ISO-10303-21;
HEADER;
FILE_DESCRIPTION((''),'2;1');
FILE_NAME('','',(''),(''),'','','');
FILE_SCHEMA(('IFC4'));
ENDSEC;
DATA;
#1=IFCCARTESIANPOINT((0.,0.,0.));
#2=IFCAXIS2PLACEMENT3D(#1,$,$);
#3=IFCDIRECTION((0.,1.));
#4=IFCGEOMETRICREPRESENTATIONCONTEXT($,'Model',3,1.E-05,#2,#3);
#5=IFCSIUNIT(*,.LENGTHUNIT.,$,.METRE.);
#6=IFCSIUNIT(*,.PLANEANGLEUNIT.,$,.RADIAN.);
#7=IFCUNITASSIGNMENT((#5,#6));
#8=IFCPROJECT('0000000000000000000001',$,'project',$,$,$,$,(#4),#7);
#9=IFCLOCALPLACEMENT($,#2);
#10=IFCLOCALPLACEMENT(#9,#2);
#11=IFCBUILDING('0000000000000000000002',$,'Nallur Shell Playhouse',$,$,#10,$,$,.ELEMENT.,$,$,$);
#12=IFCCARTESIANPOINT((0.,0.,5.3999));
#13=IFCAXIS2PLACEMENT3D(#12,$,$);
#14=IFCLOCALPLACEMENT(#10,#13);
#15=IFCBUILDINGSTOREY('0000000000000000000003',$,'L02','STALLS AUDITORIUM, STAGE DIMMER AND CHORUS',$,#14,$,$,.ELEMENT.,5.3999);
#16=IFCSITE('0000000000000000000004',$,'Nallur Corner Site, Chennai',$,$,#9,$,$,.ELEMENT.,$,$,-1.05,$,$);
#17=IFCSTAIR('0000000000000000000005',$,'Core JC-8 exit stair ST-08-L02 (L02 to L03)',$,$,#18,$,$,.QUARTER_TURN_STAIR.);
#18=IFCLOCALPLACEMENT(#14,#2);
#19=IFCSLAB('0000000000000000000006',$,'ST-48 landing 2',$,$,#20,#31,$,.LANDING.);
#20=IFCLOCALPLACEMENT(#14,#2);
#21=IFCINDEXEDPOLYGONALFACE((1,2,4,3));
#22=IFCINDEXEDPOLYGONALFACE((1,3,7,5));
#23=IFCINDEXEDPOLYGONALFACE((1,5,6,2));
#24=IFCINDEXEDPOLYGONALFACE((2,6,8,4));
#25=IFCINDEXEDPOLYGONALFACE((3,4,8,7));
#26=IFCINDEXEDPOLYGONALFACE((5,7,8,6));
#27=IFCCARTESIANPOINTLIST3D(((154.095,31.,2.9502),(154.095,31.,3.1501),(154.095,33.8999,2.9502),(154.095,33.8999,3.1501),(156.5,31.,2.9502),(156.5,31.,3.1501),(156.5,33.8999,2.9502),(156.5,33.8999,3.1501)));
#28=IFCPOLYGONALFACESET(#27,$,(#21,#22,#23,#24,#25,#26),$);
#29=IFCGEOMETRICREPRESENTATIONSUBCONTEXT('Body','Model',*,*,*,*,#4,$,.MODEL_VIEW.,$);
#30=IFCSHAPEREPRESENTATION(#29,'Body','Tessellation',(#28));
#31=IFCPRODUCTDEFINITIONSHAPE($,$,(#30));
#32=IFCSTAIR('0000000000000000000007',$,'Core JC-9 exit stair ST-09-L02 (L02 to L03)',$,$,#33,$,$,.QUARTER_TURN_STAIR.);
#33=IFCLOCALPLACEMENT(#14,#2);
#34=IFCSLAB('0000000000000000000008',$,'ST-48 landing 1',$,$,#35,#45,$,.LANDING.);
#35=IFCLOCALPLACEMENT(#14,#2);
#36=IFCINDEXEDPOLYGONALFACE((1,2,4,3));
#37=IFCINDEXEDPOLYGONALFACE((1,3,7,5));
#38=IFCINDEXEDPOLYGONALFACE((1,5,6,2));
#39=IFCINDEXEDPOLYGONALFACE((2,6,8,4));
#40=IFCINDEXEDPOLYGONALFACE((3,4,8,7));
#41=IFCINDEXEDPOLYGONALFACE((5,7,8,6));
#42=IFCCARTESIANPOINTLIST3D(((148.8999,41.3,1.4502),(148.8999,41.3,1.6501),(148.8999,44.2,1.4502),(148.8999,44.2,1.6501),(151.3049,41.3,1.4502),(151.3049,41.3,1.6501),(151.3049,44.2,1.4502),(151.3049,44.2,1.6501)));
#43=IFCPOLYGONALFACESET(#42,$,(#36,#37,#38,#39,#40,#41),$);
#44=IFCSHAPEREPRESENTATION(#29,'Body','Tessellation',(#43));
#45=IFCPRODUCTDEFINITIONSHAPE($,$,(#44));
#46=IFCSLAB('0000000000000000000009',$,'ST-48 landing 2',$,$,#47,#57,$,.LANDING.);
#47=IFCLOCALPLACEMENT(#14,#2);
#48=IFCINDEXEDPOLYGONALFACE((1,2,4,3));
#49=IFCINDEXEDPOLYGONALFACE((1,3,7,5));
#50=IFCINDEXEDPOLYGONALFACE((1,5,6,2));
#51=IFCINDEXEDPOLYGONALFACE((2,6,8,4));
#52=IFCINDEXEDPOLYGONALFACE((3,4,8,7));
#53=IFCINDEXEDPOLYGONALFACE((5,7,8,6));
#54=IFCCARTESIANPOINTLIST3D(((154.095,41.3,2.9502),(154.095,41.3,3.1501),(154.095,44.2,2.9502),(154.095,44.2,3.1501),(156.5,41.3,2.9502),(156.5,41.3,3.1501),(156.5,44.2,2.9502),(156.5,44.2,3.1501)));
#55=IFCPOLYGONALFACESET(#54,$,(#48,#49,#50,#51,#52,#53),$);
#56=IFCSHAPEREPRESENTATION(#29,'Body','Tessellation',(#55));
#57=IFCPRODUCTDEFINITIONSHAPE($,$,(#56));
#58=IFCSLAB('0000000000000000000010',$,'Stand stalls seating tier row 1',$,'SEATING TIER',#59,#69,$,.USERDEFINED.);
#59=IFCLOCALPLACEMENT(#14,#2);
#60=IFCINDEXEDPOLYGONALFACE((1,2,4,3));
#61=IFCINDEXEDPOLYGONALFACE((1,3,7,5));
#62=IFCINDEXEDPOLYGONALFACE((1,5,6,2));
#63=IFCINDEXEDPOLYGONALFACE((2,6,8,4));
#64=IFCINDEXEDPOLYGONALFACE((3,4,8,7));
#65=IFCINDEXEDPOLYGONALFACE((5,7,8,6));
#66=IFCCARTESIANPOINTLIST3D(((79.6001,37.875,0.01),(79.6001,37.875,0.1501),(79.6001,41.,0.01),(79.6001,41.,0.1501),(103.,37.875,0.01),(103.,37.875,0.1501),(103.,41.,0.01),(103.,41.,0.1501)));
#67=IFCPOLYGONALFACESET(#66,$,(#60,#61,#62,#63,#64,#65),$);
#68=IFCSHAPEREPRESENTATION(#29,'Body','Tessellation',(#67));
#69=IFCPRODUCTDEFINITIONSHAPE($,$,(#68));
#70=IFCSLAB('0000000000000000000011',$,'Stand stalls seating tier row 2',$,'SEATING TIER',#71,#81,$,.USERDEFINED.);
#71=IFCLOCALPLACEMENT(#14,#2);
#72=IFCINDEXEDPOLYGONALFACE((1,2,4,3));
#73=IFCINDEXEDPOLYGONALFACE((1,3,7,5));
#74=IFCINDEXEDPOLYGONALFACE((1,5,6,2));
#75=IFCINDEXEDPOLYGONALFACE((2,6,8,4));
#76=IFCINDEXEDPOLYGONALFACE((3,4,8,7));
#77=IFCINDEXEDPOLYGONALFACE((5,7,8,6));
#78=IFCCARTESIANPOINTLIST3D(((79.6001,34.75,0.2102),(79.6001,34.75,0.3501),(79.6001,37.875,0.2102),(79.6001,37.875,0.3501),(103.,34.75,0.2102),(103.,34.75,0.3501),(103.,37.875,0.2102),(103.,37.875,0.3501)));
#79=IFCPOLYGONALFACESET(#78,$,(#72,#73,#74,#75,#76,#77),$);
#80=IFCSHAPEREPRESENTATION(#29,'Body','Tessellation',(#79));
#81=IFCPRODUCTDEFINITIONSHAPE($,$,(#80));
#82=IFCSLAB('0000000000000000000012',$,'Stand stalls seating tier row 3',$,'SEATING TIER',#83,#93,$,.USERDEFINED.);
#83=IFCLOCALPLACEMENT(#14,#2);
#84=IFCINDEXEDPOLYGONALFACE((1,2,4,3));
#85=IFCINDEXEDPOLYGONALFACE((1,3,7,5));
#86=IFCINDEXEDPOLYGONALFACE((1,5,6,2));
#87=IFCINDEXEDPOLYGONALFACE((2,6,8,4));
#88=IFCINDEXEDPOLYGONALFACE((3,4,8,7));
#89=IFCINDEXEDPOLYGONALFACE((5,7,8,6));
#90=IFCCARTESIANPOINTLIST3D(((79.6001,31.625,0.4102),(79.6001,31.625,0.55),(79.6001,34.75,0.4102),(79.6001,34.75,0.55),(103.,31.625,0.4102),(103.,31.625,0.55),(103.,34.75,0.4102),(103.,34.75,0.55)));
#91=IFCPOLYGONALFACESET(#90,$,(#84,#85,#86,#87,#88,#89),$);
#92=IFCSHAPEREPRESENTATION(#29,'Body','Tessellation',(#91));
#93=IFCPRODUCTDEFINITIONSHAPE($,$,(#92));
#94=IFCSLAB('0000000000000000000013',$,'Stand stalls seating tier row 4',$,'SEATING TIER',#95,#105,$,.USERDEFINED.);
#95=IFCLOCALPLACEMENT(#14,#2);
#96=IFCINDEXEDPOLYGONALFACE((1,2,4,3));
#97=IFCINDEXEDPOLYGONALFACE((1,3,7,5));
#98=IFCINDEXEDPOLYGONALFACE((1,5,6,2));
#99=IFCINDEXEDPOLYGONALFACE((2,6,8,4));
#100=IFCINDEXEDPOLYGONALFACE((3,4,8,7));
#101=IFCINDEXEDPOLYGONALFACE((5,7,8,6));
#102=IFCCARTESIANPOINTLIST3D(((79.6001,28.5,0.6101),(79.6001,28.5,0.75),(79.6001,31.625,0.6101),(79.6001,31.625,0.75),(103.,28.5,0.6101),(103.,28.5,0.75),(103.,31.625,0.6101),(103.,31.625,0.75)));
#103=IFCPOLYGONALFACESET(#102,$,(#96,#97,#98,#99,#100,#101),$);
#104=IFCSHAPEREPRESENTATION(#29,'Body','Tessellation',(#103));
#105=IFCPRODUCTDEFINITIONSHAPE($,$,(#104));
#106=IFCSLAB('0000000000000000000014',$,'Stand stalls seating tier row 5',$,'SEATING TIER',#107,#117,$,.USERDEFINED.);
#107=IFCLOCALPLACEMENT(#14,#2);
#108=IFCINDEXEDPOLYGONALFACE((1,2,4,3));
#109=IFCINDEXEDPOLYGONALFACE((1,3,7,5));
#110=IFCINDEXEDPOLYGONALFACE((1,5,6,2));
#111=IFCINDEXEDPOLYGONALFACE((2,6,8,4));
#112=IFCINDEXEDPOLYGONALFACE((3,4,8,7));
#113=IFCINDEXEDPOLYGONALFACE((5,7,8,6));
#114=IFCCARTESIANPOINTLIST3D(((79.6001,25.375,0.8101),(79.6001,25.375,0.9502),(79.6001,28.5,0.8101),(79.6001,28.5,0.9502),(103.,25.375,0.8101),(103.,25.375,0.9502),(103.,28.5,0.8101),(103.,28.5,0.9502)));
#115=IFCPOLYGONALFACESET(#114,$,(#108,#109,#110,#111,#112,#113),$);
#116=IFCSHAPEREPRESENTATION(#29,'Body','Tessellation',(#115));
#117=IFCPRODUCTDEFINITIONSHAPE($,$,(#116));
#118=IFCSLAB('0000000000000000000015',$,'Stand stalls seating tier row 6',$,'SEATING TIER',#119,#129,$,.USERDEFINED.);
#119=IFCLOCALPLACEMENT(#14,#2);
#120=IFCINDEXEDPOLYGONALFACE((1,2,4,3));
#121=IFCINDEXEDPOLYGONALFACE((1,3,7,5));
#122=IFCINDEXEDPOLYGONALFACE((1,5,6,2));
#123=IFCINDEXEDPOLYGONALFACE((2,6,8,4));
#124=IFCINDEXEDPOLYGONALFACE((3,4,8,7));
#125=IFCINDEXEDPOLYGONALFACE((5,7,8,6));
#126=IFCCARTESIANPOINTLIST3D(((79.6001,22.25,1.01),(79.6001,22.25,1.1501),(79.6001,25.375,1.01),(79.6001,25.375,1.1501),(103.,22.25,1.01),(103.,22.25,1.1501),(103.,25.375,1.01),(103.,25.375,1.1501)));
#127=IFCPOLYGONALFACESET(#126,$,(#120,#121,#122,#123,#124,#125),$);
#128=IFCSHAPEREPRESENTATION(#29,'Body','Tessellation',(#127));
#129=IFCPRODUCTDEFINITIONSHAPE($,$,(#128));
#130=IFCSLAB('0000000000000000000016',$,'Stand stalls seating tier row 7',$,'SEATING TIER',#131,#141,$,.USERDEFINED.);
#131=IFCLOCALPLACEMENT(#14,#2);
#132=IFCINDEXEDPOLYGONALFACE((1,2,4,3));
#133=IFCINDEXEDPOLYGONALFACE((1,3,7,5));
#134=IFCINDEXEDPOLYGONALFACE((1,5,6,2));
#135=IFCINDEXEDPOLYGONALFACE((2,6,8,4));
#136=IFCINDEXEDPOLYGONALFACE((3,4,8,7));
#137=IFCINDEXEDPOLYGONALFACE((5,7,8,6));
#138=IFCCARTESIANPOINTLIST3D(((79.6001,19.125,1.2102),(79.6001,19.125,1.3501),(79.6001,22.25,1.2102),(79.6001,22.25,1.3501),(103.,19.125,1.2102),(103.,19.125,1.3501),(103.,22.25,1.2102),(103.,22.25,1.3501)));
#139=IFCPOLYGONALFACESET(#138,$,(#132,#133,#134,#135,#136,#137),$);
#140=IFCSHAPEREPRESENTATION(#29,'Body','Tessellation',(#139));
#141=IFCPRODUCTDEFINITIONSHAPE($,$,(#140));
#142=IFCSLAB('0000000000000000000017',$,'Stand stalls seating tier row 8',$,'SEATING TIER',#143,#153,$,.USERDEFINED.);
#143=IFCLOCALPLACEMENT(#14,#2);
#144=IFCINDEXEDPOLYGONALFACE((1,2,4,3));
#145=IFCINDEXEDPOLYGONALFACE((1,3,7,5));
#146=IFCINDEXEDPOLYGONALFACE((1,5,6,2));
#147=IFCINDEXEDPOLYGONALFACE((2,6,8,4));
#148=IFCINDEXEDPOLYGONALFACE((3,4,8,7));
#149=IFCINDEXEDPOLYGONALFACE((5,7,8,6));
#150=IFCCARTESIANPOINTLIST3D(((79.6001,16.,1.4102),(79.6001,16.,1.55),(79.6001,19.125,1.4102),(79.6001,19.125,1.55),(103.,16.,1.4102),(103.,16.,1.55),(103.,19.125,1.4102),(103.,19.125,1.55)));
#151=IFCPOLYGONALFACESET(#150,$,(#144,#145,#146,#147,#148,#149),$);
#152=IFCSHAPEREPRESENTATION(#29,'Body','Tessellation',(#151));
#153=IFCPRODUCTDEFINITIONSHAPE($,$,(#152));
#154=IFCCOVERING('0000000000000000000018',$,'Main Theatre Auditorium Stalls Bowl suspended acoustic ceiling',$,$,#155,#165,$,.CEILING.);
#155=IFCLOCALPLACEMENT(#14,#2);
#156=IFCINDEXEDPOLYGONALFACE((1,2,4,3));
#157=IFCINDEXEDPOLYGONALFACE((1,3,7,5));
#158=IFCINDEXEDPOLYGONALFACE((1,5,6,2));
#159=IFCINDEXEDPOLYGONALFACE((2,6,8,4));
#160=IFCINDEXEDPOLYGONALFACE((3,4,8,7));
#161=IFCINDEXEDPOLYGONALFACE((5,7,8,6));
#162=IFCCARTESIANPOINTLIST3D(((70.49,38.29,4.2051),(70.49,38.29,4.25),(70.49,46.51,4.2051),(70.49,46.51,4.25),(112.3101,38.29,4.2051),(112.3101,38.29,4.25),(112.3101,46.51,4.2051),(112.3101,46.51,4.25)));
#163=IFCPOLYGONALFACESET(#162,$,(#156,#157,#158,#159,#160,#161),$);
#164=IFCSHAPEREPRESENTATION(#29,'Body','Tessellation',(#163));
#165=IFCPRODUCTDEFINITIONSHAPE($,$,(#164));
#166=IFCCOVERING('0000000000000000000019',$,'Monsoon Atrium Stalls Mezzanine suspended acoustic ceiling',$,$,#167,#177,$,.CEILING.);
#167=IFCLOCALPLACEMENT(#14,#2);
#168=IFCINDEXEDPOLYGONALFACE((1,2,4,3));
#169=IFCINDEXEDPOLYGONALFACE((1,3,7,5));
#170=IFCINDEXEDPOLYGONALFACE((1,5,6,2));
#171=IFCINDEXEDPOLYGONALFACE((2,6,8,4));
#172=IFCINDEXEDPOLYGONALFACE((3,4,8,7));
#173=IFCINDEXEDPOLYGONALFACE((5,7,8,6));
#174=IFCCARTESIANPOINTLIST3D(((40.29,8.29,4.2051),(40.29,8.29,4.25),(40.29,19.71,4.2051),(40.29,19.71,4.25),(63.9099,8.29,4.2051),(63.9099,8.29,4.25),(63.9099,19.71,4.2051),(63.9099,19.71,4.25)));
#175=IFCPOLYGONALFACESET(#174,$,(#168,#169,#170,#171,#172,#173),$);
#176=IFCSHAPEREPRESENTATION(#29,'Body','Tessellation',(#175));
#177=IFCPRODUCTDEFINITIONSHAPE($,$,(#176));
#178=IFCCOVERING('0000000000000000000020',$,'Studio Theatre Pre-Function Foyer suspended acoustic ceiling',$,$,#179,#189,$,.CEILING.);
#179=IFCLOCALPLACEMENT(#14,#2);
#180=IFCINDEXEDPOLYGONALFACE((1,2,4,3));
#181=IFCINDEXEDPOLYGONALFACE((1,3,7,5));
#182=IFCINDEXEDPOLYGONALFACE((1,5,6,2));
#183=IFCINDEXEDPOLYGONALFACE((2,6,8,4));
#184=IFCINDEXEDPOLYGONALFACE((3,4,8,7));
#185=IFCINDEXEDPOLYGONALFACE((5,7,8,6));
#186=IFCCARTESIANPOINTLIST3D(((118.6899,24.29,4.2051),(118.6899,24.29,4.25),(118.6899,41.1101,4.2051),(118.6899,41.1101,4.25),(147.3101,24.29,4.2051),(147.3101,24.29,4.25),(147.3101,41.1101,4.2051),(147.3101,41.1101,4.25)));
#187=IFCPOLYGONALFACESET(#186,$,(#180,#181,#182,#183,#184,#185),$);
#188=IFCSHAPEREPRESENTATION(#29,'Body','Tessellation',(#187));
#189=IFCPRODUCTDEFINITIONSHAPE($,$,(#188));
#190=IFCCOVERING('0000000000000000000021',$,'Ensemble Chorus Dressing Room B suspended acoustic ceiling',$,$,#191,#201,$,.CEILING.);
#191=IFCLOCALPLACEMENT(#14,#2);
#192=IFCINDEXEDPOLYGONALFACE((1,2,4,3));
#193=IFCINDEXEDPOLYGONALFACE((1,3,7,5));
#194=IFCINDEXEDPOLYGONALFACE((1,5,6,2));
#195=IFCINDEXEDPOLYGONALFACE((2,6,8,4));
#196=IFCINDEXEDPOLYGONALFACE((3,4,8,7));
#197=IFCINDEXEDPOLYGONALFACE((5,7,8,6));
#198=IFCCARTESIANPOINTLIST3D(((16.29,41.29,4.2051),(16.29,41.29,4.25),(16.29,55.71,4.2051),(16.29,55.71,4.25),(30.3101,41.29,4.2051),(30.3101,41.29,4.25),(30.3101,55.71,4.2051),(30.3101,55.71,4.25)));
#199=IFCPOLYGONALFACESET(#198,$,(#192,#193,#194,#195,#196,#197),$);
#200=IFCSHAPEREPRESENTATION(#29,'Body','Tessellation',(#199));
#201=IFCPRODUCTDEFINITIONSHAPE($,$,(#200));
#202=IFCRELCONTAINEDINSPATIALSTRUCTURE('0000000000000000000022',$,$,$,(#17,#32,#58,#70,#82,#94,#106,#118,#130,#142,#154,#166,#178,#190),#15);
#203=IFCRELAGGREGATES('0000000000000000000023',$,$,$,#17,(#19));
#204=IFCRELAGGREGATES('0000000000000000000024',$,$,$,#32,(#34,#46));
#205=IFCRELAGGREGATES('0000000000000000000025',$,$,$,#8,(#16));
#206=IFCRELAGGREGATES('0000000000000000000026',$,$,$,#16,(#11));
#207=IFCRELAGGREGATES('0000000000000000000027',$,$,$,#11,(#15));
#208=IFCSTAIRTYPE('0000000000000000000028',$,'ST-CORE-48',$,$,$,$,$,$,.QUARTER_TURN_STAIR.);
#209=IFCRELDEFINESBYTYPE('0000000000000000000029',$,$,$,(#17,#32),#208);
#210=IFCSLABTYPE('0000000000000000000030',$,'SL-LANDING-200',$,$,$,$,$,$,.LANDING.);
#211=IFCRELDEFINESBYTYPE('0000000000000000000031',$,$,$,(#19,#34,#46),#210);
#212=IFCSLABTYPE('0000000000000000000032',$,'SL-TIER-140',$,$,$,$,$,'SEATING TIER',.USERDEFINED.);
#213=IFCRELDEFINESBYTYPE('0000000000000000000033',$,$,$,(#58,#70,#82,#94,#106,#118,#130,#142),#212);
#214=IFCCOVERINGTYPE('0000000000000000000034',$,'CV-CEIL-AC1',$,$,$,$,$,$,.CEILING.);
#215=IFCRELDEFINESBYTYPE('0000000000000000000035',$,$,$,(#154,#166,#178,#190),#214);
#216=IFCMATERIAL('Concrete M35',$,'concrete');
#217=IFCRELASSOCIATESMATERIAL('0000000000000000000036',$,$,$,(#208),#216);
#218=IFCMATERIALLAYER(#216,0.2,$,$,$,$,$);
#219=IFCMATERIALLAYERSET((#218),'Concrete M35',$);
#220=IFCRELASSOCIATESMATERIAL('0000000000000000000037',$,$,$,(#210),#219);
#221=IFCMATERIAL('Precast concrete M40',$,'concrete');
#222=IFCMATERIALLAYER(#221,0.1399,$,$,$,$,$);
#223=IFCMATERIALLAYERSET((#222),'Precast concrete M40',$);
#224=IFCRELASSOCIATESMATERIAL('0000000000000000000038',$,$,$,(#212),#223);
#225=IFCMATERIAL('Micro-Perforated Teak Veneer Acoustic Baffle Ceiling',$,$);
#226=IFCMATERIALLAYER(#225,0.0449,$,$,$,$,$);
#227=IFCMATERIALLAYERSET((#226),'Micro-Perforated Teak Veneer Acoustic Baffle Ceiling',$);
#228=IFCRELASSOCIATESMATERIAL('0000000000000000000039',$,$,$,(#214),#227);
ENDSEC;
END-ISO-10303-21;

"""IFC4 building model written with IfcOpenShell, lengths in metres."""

from ifc_helpers import new_model, si_unit, direction, frame, origin, place, context, subcontext, project, spatial, polyline, outline, extrude, material, layer, layer_set, type_object, element, aggregate, save


model = new_model("IFC4")

# Units and contexts
model_context = context("Model", 3, precision=1e-05, world=origin(), true_north=direction((0.0, 1.0)))
body_context = subcontext(model_context, "Body", "Model", "MODEL_VIEW")
ifc_project = project(units=[si_unit("LENGTHUNIT", "METRE"), si_unit("PLANEANGLEUNIT", "RADIAN")], contexts=[model_context])

# Site, building, storey
site_placement = place(None, origin())
site = spatial("IfcSite", under=ifc_project, at=site_placement, Name="Nallur Corner Site, Chennai", CompositionType="ELEMENT", RefElevation=-1.05)
building_placement = place(site_placement, origin())
building = spatial("IfcBuilding", under=site, at=building_placement, Name="Nallur Shell Playhouse", CompositionType="ELEMENT")
storey_placement = place(building_placement, frame((0.0, 0.0, 5.3999)))
storey = spatial("IfcBuildingStorey", under=building, at=storey_placement, Name="L02", Description="STALLS AUDITORIUM, STAGE DIMMER AND CHORUS", CompositionType="ELEMENT", Elevation=5.3999)

# Stairs, slabs
ifc_material_1 = material(Name="Concrete M35", Category="concrete")
stair_type = type_object("IfcStairType", Name="ST-CORE-48", PredefinedType="QUARTER_TURN_STAIR", material=ifc_material_1)
ifc_layer_1 = layer(ifc_material_1, 0.2)
ifc_layer_set_1 = layer_set([ifc_layer_1], Name="Concrete M35")
slab_type_1 = type_object("IfcSlabType", Name="SL-LANDING-200", PredefinedType="LANDING", material=ifc_layer_set_1)
stair_1_placement = place(storey_placement, origin())
stair_1 = element("IfcStair", 1, at=stair_1_placement, inside=storey, type_object=stair_type, Name="Core JC-8 exit stair ST-08-L02 (L02 to L03)", PredefinedType="QUARTER_TURN_STAIR")
slab_1_placement = place(storey_placement, frame((0.0, 0.0, 2.9502)))
slab_1 = element("IfcSlab", 2, at=slab_1_placement, type_object=slab_type_1, Name="ST-48 landing 2", PredefinedType="LANDING", context=body_context, shape_type="SweptSolid", body=[
    extrude(outline(polyline([(154.095, 31.0), (156.5, 31.0), (156.5, 33.8999), (154.095, 33.8999), (154.095, 31.0)])), origin(), (0.0, 0.0, 1.0), 0.2),
])
aggregate(stair_1, [slab_1])
stair_2_placement = place(storey_placement, origin())
stair_2 = element("IfcStair", 3, at=stair_2_placement, inside=storey, type_object=stair_type, Name="Core JC-9 exit stair ST-09-L02 (L02 to L03)", PredefinedType="QUARTER_TURN_STAIR")
slab_2_placement = place(storey_placement, frame((0.0, 0.0, 1.4502)))
slab_2 = element("IfcSlab", 4, at=slab_2_placement, type_object=slab_type_1, Name="ST-48 landing 1", PredefinedType="LANDING", context=body_context, shape_type="SweptSolid", body=[
    extrude(outline(polyline([(148.8999, 41.3), (151.3049, 41.3), (151.3049, 44.2), (148.8999, 44.2), (148.8999, 41.3)])), origin(), (0.0, 0.0, 1.0), 0.2),
])
slab_3_placement = place(storey_placement, frame((0.0, 0.0, 2.9502)))
slab_3 = element("IfcSlab", 5, at=slab_3_placement, type_object=slab_type_1, Name="ST-48 landing 2", PredefinedType="LANDING", context=body_context, shape_type="SweptSolid", body=[
    extrude(outline(polyline([(154.095, 41.3), (156.5, 41.3), (156.5, 44.2), (154.095, 44.2), (154.095, 41.3)])), origin(), (0.0, 0.0, 1.0), 0.2),
])
aggregate(stair_2, [slab_2, slab_3])

# Slabs
ifc_material_2 = material(Name="Precast concrete M40", Category="concrete")
ifc_layer_2 = layer(ifc_material_2, 0.1399)
ifc_layer_set_2 = layer_set([ifc_layer_2], Name="Precast concrete M40")
slab_type_2 = type_object("IfcSlabType", Name="SL-TIER-140", ElementType="SEATING TIER", PredefinedType="USERDEFINED", material=ifc_layer_set_2)
slab_4_placement = place(storey_placement, frame((0.0, 0.0, 0.01)))
element("IfcSlab", 6, at=slab_4_placement, inside=storey, type_object=slab_type_2, Name="Stand stalls seating tier row 1", ObjectType="SEATING TIER", PredefinedType="USERDEFINED", context=body_context, shape_type="SweptSolid", body=[
    extrude(outline(polyline([(79.6001, 41.0), (103.0, 41.0), (103.0, 37.875), (79.6001, 37.875), (79.6001, 41.0)])), origin(), (0.0, 0.0, 1.0), 0.1401),
])
slab_5_placement = place(storey_placement, frame((0.0, 0.0, 0.2102)))
element("IfcSlab", 7, at=slab_5_placement, inside=storey, type_object=slab_type_2, Name="Stand stalls seating tier row 2", ObjectType="SEATING TIER", PredefinedType="USERDEFINED", context=body_context, shape_type="SweptSolid", body=[
    extrude(outline(polyline([(79.6001, 37.875), (103.0, 37.875), (103.0, 34.75), (79.6001, 34.75), (79.6001, 37.875)])), origin(), (0.0, 0.0, 1.0), 0.1399),
])
slab_6_placement = place(storey_placement, frame((0.0, 0.0, 0.4102)))
element("IfcSlab", 8, at=slab_6_placement, inside=storey, type_object=slab_type_2, Name="Stand stalls seating tier row 3", ObjectType="SEATING TIER", PredefinedType="USERDEFINED", context=body_context, shape_type="SweptSolid", body=[
    extrude(outline(polyline([(79.6001, 34.75), (103.0, 34.75), (103.0, 31.625), (79.6001, 31.625), (79.6001, 34.75)])), origin(), (0.0, 0.0, 1.0), 0.1399),
])
slab_7_placement = place(storey_placement, frame((0.0, 0.0, 0.6101)))
element("IfcSlab", 9, at=slab_7_placement, inside=storey, type_object=slab_type_2, Name="Stand stalls seating tier row 4", ObjectType="SEATING TIER", PredefinedType="USERDEFINED", context=body_context, shape_type="SweptSolid", body=[
    extrude(outline(polyline([(79.6001, 31.625), (103.0, 31.625), (103.0, 28.5), (79.6001, 28.5), (79.6001, 31.625)])), origin(), (0.0, 0.0, 1.0), 0.1399),
])
slab_8_placement = place(storey_placement, frame((0.0, 0.0, 0.8101)))
element("IfcSlab", 10, at=slab_8_placement, inside=storey, type_object=slab_type_2, Name="Stand stalls seating tier row 5", ObjectType="SEATING TIER", PredefinedType="USERDEFINED", context=body_context, shape_type="SweptSolid", body=[
    extrude(outline(polyline([(79.6001, 28.5), (103.0, 28.5), (103.0, 25.375), (79.6001, 25.375), (79.6001, 28.5)])), origin(), (0.0, 0.0, 1.0), 0.1401),
])
slab_9_placement = place(storey_placement, frame((0.0, 0.0, 1.01)))
element("IfcSlab", 11, at=slab_9_placement, inside=storey, type_object=slab_type_2, Name="Stand stalls seating tier row 6", ObjectType="SEATING TIER", PredefinedType="USERDEFINED", context=body_context, shape_type="SweptSolid", body=[
    extrude(outline(polyline([(79.6001, 25.375), (103.0, 25.375), (103.0, 22.25), (79.6001, 22.25), (79.6001, 25.375)])), origin(), (0.0, 0.0, 1.0), 0.1401),
])
slab_10_placement = place(storey_placement, frame((0.0, 0.0, 1.2102)))
element("IfcSlab", 12, at=slab_10_placement, inside=storey, type_object=slab_type_2, Name="Stand stalls seating tier row 7", ObjectType="SEATING TIER", PredefinedType="USERDEFINED", context=body_context, shape_type="SweptSolid", body=[
    extrude(outline(polyline([(79.6001, 22.25), (103.0, 22.25), (103.0, 19.125), (79.6001, 19.125), (79.6001, 22.25)])), origin(), (0.0, 0.0, 1.0), 0.1399),
])
slab_11_placement = place(storey_placement, frame((0.0, 0.0, 1.4102)))
element("IfcSlab", 13, at=slab_11_placement, inside=storey, type_object=slab_type_2, Name="Stand stalls seating tier row 8", ObjectType="SEATING TIER", PredefinedType="USERDEFINED", context=body_context, shape_type="SweptSolid", body=[
    extrude(outline(polyline([(79.6001, 19.125), (103.0, 19.125), (103.0, 16.0), (79.6001, 16.0), (79.6001, 19.125)])), origin(), (0.0, 0.0, 1.0), 0.1399),
])

# Coverings
ifc_material_3 = material(Name="Micro-Perforated Teak Veneer Acoustic Baffle Ceiling")
ifc_layer_3 = layer(ifc_material_3, 0.0449)
ifc_layer_set_3 = layer_set([ifc_layer_3], Name="Micro-Perforated Teak Veneer Acoustic Baffle Ceiling")
covering_type_1 = type_object("IfcCoveringType", Name="CV-CEIL-AC1", PredefinedType="CEILING", material=ifc_layer_set_3)
covering_1_placement = place(storey_placement, frame((0.0, 0.0, 4.2051)))
element("IfcCovering", 14, at=covering_1_placement, inside=storey, type_object=covering_type_1, Name="Main Theatre Auditorium Stalls Bowl suspended acoustic ceiling", PredefinedType="CEILING", context=body_context, shape_type="SweptSolid", body=[
    extrude(outline(polyline([(112.3101, 46.51), (112.3101, 38.29), (70.49, 38.29), (70.49, 46.51), (112.3101, 46.51)])), origin(), (0.0, 0.0, 1.0), 0.0449),
])
covering_2_placement = place(storey_placement, frame((0.0, 0.0, 4.2051)))
element("IfcCovering", 15, at=covering_2_placement, inside=storey, type_object=covering_type_1, Name="Monsoon Atrium Stalls Mezzanine suspended acoustic ceiling", PredefinedType="CEILING", context=body_context, shape_type="SweptSolid", body=[
    extrude(outline(polyline([(63.9099, 19.71), (63.9099, 8.29), (40.29, 8.29), (40.29, 19.71), (63.9099, 19.71)])), origin(), (0.0, 0.0, 1.0), 0.0449),
])
covering_3_placement = place(storey_placement, frame((0.0, 0.0, 4.2051)))
element("IfcCovering", 16, at=covering_3_placement, inside=storey, type_object=covering_type_1, Name="Studio Theatre Pre-Function Foyer suspended acoustic ceiling", PredefinedType="CEILING", context=body_context, shape_type="SweptSolid", body=[
    extrude(outline(polyline([(147.3101, 41.1101), (147.3101, 24.29), (118.6899, 24.29), (118.6899, 41.1101), (147.3101, 41.1101)])), origin(), (0.0, 0.0, 1.0), 0.0449),
])
covering_4_placement = place(storey_placement, frame((0.0, 0.0, 4.2051)))
element("IfcCovering", 17, at=covering_4_placement, inside=storey, type_object=covering_type_1, Name="Ensemble Chorus Dressing Room B suspended acoustic ceiling", PredefinedType="CEILING", context=body_context, shape_type="SweptSolid", body=[
    extrude(outline(polyline([(30.3101, 55.71), (30.3101, 41.29), (16.29, 41.29), (16.29, 55.71), (30.3101, 55.71)])), origin(), (0.0, 0.0, 1.0), 0.0449),
])

save(model, "model.ifc")
